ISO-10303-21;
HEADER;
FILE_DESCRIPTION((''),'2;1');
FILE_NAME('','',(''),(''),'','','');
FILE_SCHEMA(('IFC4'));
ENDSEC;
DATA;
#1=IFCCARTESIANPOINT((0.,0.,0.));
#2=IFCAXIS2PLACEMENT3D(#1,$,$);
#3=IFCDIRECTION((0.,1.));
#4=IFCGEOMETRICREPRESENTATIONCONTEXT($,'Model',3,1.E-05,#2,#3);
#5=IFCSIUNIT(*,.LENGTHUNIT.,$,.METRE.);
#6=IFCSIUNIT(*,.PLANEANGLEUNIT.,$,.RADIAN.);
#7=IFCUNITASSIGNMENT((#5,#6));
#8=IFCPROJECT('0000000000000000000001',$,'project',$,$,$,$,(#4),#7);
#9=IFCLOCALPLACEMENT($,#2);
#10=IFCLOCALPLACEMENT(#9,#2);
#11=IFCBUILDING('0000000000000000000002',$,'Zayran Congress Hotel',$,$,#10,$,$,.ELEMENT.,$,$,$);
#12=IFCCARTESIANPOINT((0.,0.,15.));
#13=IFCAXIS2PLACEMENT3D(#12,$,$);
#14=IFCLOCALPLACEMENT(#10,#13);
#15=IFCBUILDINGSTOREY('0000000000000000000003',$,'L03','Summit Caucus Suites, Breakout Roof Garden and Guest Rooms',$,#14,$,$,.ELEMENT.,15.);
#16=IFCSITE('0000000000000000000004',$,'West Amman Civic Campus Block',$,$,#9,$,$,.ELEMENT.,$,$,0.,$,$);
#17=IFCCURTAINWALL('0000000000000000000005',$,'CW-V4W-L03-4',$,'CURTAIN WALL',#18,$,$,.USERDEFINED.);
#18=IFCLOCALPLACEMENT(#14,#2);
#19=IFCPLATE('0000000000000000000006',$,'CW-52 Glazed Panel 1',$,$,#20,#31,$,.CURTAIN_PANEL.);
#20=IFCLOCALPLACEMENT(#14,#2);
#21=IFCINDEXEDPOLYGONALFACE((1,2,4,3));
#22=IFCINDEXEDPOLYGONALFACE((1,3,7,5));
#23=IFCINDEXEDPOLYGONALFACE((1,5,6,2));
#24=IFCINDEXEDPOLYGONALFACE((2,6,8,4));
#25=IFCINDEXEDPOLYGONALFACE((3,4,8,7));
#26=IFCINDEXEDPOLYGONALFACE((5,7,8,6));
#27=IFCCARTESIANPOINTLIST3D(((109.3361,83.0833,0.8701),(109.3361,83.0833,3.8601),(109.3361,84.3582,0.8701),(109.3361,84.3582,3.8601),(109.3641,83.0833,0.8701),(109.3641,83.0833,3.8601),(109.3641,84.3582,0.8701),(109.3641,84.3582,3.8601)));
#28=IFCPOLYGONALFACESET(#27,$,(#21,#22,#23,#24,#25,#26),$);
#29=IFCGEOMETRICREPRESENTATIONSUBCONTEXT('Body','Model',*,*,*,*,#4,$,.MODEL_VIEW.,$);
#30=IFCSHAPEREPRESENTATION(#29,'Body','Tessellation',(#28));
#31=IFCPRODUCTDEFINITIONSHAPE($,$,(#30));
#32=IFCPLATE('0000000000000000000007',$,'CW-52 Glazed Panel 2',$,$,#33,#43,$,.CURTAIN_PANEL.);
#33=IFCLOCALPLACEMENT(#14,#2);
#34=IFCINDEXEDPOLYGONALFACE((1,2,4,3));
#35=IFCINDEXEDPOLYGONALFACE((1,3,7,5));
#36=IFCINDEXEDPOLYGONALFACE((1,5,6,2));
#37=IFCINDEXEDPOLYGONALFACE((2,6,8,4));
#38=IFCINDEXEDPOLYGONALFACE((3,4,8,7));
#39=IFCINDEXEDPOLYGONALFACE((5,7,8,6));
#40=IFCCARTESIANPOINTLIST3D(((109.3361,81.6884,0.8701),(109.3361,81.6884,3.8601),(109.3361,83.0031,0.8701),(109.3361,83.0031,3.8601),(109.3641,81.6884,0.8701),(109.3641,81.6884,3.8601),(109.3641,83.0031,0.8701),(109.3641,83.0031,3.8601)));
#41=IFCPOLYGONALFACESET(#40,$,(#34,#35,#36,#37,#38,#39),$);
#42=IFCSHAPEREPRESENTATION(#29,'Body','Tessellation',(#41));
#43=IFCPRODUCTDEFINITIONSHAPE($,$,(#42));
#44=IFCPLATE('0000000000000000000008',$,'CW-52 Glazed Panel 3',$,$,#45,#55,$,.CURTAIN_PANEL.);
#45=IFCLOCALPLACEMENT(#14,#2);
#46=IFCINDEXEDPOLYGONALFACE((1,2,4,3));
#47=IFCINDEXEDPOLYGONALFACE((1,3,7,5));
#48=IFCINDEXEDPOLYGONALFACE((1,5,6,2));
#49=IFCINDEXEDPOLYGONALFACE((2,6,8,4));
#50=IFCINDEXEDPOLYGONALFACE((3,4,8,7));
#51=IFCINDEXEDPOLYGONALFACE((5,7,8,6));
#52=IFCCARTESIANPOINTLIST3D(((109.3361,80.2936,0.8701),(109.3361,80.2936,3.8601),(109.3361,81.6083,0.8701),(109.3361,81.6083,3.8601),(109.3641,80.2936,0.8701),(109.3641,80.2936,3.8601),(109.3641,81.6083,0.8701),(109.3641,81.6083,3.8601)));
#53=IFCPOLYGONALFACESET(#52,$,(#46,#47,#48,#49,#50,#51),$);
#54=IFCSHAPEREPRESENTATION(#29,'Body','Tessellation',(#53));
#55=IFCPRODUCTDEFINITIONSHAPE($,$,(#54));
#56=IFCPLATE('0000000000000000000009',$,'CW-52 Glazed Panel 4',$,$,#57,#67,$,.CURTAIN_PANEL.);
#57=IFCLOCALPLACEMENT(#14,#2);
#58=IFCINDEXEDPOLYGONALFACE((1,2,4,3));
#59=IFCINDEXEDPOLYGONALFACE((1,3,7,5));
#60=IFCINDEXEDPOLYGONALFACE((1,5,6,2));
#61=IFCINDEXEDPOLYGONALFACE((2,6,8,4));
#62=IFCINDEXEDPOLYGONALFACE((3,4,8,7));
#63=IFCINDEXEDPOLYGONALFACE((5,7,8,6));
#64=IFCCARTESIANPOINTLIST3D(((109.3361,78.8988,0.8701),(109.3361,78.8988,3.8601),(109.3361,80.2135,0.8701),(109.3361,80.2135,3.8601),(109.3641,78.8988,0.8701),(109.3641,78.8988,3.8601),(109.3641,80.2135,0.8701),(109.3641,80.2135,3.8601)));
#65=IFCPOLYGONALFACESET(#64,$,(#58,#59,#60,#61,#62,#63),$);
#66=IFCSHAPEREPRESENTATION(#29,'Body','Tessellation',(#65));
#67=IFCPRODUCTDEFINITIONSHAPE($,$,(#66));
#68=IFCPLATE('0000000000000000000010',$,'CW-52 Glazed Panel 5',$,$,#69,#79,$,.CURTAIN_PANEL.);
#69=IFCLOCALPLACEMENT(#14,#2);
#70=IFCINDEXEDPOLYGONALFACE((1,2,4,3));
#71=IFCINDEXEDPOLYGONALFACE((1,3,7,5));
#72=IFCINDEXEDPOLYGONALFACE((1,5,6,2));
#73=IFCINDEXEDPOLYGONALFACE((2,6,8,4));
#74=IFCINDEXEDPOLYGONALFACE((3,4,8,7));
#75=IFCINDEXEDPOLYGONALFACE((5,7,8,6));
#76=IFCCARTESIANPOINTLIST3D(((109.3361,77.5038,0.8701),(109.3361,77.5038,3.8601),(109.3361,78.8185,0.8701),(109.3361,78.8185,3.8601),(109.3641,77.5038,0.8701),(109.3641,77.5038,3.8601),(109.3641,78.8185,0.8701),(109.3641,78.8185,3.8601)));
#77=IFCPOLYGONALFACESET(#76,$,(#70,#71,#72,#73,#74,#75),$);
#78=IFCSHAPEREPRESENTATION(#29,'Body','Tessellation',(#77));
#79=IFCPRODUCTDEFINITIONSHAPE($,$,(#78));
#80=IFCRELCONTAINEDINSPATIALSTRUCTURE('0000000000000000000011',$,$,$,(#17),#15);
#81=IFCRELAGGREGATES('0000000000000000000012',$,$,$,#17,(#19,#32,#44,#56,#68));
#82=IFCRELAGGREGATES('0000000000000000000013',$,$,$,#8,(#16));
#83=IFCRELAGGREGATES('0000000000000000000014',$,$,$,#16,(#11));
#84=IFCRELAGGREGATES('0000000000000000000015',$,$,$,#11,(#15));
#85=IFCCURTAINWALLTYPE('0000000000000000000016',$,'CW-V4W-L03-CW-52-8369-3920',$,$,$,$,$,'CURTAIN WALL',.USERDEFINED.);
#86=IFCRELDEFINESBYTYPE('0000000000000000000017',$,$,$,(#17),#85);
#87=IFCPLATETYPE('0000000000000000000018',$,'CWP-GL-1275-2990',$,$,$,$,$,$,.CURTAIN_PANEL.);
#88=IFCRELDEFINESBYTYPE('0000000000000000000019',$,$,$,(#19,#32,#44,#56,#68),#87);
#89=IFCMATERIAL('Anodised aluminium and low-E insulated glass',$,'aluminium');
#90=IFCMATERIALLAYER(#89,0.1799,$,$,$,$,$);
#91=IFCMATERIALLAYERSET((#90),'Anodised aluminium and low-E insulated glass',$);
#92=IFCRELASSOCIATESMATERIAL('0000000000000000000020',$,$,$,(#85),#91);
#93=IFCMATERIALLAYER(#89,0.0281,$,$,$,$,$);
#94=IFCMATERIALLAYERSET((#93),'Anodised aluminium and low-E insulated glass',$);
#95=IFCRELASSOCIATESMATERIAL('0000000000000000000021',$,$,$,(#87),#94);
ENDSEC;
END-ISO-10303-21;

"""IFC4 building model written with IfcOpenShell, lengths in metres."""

from ifc_helpers import new_model, si_unit, direction, frame, origin, origin_2d, place, context, subcontext, project, spatial, rectangle, extrude, material, layer, layer_set, type_object, element, aggregate, save


model = new_model("IFC4")

# Units and contexts
model_context = context("Model", 3, precision=1e-05, world=origin(), true_north=direction((0.0, 1.0)))
body_context = subcontext(model_context, "Body", "Model", "MODEL_VIEW")
ifc_project = project(units=[si_unit("LENGTHUNIT", "METRE"), si_unit("PLANEANGLEUNIT", "RADIAN")], contexts=[model_context])

# Site, building, storey
site_placement = place(None, origin())
site = spatial("IfcSite", under=ifc_project, at=site_placement, Name="West Amman Civic Campus Block", CompositionType="ELEMENT", RefElevation=0.0)
building_placement = place(site_placement, origin())
building = spatial("IfcBuilding", under=site, at=building_placement, Name="Zayran Congress Hotel", CompositionType="ELEMENT")
storey_placement = place(building_placement, frame((0.0, 0.0, 15.0)))
storey = spatial("IfcBuildingStorey", under=building, at=storey_placement, Name="L03", Description="Summit Caucus Suites, Breakout Roof Garden and Guest Rooms", CompositionType="ELEMENT", Elevation=15.0)

# Curtain wall, plates
ifc_material_1 = material(Name="Anodised aluminium and low-E insulated glass", Category="aluminium")
ifc_layer_1 = layer(ifc_material_1, 0.1799)
ifc_layer_set_1 = layer_set([ifc_layer_1], Name="Anodised aluminium and low-E insulated glass")
curtain_wall_type = type_object("IfcCurtainWallType", Name="CW-V4W-L03-CW-52-8369-3920", ElementType="CURTAIN WALL", PredefinedType="USERDEFINED", material=ifc_layer_set_1)
curtain_wall_placement = place(storey_placement, origin())
curtain_wall = element("IfcCurtainWall", 1, at=curtain_wall_placement, inside=storey, type_object=curtain_wall_type, Name="CW-V4W-L03-4", ObjectType="CURTAIN WALL", PredefinedType="USERDEFINED")
ifc_layer_2 = layer(ifc_material_1, 0.0281)
ifc_layer_set_2 = layer_set([ifc_layer_2], Name="Anodised aluminium and low-E insulated glass")
plate_type_1 = type_object("IfcPlateType", Name="CWP-GL-1275-2990", PredefinedType="CURTAIN_PANEL", material=ifc_layer_set_2)
plate_1_placement = place(storey_placement, frame((109.3501, 83.7207, 0.8701), z_axis=(0.0, 0.0, 1.0), x_axis=(0.0, 1.0, 0.0)))
plate_1 = element("IfcPlate", 2, at=plate_1_placement, type_object=plate_type_1, Name="CW-52 Glazed Panel 1", PredefinedType="CURTAIN_PANEL", context=body_context, shape_type="SweptSolid", body=[
    extrude(rectangle(XDim=1.2749, YDim=0.0281, at=origin_2d()), origin(), (0.0, 0.0, 1.0), 2.99),
])
plate_2_placement = place(storey_placement, frame((109.3501, 82.3457, 0.8701), z_axis=(0.0, 0.0, 1.0), x_axis=(0.0, 1.0, 0.0)))
plate_2 = element("IfcPlate", 3, at=plate_2_placement, type_object=plate_type_1, Name="CW-52 Glazed Panel 2", PredefinedType="CURTAIN_PANEL", context=body_context, shape_type="SweptSolid", body=[
    extrude(rectangle(XDim=1.3147, YDim=0.0281, at=origin_2d()), origin(), (0.0, 0.0, 1.0), 2.99),
])
plate_3_placement = place(storey_placement, frame((109.3501, 80.9509, 0.8701), z_axis=(0.0, 0.0, 1.0), x_axis=(0.0, 1.0, 0.0)))
plate_3 = element("IfcPlate", 4, at=plate_3_placement, type_object=plate_type_1, Name="CW-52 Glazed Panel 3", PredefinedType="CURTAIN_PANEL", context=body_context, shape_type="SweptSolid", body=[
    extrude(rectangle(XDim=1.3147, YDim=0.0281, at=origin_2d()), origin(), (0.0, 0.0, 1.0), 2.99),
])
plate_4_placement = place(storey_placement, frame((109.3501, 79.5562, 0.8701), z_axis=(0.0, 0.0, 1.0), x_axis=(0.0, 1.0, 0.0)))
plate_4 = element("IfcPlate", 5, at=plate_4_placement, type_object=plate_type_1, Name="CW-52 Glazed Panel 4", PredefinedType="CURTAIN_PANEL", context=body_context, shape_type="SweptSolid", body=[
    extrude(rectangle(XDim=1.3147, YDim=0.0281, at=origin_2d()), origin(), (0.0, 0.0, 1.0), 2.99),
])
plate_5_placement = place(storey_placement, frame((109.3501, 78.1611, 0.8701), z_axis=(0.0, 0.0, 1.0), x_axis=(0.0, 1.0, 0.0)))
plate_5 = element("IfcPlate", 6, at=plate_5_placement, type_object=plate_type_1, Name="CW-52 Glazed Panel 5", PredefinedType="CURTAIN_PANEL", context=body_context, shape_type="SweptSolid", body=[
    extrude(rectangle(XDim=1.3147, YDim=0.0281, at=origin_2d()), origin(), (0.0, 0.0, 1.0), 2.99),
])
aggregate(curtain_wall, [plate_1, plate_2, plate_3, plate_4, plate_5])

save(model, "model.ifc")
